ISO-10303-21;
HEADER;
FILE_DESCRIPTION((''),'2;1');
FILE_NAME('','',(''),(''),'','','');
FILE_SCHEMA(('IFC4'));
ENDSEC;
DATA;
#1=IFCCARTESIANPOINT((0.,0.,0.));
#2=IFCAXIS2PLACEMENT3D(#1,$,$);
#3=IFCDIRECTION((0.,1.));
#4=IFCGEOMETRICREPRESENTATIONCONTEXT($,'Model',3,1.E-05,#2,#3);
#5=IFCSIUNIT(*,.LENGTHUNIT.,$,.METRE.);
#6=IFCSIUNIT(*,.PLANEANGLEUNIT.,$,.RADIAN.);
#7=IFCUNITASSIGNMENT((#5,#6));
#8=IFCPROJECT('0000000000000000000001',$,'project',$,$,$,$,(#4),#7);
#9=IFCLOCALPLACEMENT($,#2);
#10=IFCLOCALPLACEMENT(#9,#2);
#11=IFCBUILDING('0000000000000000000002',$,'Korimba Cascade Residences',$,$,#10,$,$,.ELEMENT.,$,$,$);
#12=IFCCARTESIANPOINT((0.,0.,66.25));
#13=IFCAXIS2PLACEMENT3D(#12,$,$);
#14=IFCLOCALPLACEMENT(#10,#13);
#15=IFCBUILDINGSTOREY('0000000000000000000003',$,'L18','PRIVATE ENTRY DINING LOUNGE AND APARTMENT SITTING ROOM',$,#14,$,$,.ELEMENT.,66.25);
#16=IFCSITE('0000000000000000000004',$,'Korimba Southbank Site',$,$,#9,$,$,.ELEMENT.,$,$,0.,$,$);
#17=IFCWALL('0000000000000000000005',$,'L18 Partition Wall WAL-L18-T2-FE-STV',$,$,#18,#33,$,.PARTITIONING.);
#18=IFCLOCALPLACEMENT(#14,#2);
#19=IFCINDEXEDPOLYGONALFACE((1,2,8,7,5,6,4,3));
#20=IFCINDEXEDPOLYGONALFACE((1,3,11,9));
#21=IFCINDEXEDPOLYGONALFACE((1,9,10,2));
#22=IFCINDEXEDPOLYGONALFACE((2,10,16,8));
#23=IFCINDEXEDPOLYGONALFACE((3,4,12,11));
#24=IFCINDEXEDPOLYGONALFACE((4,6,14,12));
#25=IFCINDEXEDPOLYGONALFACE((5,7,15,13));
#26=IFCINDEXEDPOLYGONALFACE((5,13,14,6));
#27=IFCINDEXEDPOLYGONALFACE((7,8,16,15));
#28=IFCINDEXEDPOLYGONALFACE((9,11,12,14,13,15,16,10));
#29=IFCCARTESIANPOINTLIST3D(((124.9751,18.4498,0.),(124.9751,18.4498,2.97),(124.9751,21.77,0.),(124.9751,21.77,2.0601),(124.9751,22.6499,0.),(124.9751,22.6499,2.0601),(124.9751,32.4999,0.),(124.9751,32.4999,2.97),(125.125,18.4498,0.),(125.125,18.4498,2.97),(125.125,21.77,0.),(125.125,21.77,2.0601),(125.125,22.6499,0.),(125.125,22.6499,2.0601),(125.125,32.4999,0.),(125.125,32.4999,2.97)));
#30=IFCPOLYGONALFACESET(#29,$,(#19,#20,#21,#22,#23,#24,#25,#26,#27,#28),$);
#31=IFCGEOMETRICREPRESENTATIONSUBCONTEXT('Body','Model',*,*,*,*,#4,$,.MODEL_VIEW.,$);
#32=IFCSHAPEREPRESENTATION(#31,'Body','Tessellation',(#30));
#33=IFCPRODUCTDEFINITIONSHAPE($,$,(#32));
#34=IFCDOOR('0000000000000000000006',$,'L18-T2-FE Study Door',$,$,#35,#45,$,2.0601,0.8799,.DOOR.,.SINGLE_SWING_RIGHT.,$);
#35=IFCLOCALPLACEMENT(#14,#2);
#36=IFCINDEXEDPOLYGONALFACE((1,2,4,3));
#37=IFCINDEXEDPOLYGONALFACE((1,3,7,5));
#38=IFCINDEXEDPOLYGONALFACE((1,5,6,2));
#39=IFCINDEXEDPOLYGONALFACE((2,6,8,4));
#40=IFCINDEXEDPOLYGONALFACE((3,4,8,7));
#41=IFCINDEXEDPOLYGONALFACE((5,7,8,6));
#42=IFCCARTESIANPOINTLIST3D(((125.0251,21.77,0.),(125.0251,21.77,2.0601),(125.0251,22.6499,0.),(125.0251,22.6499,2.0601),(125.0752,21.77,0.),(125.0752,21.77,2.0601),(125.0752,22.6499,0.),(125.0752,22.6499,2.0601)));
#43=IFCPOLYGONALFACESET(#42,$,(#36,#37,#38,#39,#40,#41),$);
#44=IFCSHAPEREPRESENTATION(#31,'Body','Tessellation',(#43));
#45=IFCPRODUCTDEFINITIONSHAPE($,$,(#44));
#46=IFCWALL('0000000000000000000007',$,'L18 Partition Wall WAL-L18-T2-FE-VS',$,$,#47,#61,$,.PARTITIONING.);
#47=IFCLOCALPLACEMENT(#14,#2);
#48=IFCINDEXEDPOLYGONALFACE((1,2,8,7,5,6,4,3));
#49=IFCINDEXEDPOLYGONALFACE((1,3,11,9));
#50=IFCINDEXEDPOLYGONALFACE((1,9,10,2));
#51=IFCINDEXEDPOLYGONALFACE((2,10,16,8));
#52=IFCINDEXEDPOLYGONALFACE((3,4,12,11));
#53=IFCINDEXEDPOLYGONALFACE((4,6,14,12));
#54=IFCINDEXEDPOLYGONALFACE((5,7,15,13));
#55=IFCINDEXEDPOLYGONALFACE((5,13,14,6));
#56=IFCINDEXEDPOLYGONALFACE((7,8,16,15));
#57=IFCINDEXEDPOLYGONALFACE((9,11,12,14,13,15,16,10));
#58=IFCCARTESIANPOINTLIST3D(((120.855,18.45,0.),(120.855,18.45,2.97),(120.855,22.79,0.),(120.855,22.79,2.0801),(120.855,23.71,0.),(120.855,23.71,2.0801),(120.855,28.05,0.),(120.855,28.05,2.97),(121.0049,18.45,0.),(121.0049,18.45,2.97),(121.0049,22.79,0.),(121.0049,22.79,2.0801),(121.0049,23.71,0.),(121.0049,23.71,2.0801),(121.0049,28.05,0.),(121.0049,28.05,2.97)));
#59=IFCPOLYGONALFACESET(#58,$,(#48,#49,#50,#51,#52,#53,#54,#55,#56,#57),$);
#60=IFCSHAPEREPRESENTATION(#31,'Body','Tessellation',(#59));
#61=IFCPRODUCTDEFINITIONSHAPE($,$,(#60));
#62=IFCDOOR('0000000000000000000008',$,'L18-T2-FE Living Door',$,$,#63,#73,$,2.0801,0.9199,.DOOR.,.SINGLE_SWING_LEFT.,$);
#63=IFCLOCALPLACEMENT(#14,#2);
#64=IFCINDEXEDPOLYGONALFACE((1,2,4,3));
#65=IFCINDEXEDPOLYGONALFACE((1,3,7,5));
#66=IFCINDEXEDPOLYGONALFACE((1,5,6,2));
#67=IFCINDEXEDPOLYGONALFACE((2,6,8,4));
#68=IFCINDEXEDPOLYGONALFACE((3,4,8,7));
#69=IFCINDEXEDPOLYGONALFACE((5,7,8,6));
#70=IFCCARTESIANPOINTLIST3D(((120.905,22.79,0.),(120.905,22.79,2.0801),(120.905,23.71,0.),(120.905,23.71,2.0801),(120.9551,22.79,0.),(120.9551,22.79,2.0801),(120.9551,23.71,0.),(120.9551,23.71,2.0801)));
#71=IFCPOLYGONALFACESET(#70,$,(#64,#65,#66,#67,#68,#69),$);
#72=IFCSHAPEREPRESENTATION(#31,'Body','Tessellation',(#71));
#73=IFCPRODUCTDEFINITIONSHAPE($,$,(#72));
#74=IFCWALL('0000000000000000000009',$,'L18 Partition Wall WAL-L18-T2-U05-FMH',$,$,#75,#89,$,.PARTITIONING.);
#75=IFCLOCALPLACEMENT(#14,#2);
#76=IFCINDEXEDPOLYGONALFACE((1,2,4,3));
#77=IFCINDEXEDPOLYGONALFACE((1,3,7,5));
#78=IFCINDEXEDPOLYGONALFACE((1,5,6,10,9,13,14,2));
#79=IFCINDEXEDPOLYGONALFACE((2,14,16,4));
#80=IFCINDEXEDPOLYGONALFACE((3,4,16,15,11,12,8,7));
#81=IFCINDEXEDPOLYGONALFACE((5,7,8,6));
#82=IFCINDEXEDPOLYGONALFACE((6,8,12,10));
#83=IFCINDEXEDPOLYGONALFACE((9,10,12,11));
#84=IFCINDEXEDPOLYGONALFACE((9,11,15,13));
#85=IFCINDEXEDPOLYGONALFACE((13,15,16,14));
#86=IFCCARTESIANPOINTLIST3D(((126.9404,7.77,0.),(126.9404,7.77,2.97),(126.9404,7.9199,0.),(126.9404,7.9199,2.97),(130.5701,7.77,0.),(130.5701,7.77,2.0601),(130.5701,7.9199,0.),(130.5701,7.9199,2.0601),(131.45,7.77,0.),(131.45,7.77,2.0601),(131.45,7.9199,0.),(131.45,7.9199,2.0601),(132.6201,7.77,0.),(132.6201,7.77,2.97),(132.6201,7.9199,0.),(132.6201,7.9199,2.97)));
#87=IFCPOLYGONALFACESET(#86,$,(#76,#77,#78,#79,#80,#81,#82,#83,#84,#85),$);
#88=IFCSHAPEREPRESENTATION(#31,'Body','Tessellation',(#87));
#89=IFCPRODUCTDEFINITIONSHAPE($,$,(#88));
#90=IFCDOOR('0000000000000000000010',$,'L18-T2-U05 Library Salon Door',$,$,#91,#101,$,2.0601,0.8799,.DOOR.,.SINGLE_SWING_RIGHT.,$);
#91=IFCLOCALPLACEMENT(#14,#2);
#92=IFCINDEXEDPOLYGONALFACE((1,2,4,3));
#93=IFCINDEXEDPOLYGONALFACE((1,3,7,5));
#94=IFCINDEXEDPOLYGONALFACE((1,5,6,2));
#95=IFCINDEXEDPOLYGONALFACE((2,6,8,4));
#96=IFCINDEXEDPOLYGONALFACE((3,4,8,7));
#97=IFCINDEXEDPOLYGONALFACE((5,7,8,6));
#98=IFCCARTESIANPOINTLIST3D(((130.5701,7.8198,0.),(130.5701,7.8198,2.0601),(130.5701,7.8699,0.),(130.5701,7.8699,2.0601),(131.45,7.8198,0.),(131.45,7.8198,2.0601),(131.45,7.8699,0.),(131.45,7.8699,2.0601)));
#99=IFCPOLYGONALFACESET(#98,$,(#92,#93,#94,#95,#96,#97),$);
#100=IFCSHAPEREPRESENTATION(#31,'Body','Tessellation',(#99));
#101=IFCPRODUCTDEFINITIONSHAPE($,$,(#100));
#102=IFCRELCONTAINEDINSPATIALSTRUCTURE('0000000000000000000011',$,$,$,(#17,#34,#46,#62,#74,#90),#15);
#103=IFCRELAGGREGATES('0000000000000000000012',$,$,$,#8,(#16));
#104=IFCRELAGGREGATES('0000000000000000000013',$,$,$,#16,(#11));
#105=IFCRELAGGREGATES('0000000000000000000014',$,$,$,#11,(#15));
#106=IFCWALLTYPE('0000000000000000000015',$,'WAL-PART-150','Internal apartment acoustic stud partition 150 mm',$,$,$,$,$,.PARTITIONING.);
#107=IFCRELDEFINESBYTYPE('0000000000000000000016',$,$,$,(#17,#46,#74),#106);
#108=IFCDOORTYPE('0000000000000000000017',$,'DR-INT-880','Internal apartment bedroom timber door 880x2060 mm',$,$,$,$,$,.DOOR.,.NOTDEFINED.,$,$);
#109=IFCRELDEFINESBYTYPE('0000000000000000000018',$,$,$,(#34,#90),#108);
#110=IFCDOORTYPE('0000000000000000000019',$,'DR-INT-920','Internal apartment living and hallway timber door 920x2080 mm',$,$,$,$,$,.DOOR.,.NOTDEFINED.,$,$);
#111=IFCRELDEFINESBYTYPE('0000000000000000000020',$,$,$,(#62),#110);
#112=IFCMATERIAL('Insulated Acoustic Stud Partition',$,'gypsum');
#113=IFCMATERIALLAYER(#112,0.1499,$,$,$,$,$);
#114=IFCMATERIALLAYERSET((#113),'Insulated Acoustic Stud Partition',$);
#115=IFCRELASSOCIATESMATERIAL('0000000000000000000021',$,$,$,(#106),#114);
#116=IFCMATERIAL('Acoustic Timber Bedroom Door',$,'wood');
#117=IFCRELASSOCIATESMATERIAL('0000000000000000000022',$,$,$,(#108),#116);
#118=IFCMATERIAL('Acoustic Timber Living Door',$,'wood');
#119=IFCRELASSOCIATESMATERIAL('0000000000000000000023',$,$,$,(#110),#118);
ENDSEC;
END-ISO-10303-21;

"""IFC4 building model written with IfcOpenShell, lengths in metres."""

from ifc_helpers import new_model, si_unit, direction, frame, frame_2d, origin, place, context, subcontext, project, spatial, rectangle, extrude, material, layer, layer_set, type_object, element, fill, save


model = new_model("IFC4")

# Units and contexts
model_context = context("Model", 3, precision=1e-05, world=origin(), true_north=direction((0.0, 1.0)))
body_context = subcontext(model_context, "Body", "Model", "MODEL_VIEW")
ifc_project = project(units=[si_unit("LENGTHUNIT", "METRE"), si_unit("PLANEANGLEUNIT", "RADIAN")], contexts=[model_context])

# Site, building, storey
site_placement = place(None, origin())
site = spatial("IfcSite", under=ifc_project, at=site_placement, Name="Korimba Southbank Site", CompositionType="ELEMENT", RefElevation=0.0)
building_placement = place(site_placement, origin())
building = spatial("IfcBuilding", under=site, at=building_placement, Name="Korimba Cascade Residences", CompositionType="ELEMENT")
storey_placement = place(building_placement, frame((0.0, 0.0, 66.25)))
storey = spatial("IfcBuildingStorey", under=building, at=storey_placement, Name="L18", Description="PRIVATE ENTRY DINING LOUNGE AND APARTMENT SITTING ROOM", CompositionType="ELEMENT", Elevation=66.25)

# Walls, openings, doors
ifc_material_1 = material(Name="Insulated Acoustic Stud Partition", Category="gypsum")
ifc_layer_1 = layer(ifc_material_1, 0.1499)
ifc_layer_set_1 = layer_set([ifc_layer_1], Name="Insulated Acoustic Stud Partition")
wall_type_1 = type_object("IfcWallType", Name="WAL-PART-150", Description="Internal apartment acoustic stud partition 150 mm", PredefinedType="PARTITIONING", material=ifc_layer_set_1)
wall_1_placement = place(storey_placement, frame((125.05, 18.45, 0.0), z_axis=(0.0, 0.0, 1.0), x_axis=(0.0, 1.0, 0.0)))
wall_1 = element("IfcWall", 1, at=wall_1_placement, inside=storey, type_object=wall_type_1, Name="L18 Partition Wall WAL-L18-T2-FE-STV", PredefinedType="PARTITIONING", context=body_context, shape_type="SweptSolid", body=[
    extrude(rectangle(XDim=14.05, YDim=0.1499, at=frame_2d((7.0249, 0.0))), origin(), (0.0, 0.0, 1.0), 2.97),
])
opening_1_placement = place(wall_1_placement, frame((3.3201, 0.0, 0.0)))
opening_1 = element("IfcOpeningElement", 2, at=opening_1_placement, cuts=wall_1, PredefinedType="OPENING", context=body_context, shape_type="SweptSolid", body=[
    extrude(rectangle(XDim=0.8799, YDim=2.0601, at=frame_2d((0.4399, 1.03))), frame((0.0, 0.085, 0.0), z_axis=(0.0, -1.0, 0.0), x_axis=(1.0, 0.0, 0.0)), (0.0, 0.0, 1.0), 0.1699),
])
ifc_material_2 = material(Name="Acoustic Timber Bedroom Door", Category="wood")
door_type_1 = type_object("IfcDoorType", Name="DR-INT-880", Description="Internal apartment bedroom timber door 880x2060 mm", OperationType="NOTDEFINED", PredefinedType="DOOR", material=ifc_material_2)
door_1_placement = place(opening_1_placement, origin())
door_1 = element("IfcDoor", 3, at=door_1_placement, inside=storey, type_object=door_type_1, Name="L18-T2-FE Study Door", OperationType="SINGLE_SWING_RIGHT", OverallHeight=2.0601, OverallWidth=0.8799, PredefinedType="DOOR", context=body_context, shape_type="SweptSolid", body=[
    extrude(rectangle(XDim=0.8799, YDim=2.0601, at=frame_2d((0.4399, 1.03))), frame((0.0, 0.0249, 0.0), z_axis=(0.0, -1.0, 0.0), x_axis=(1.0, 0.0, 0.0)), (0.0, 0.0, 1.0), 0.05),
])
fill(opening_1, door_1)
wall_2_placement = place(storey_placement, frame((120.9299, 18.45, 0.0), z_axis=(0.0, 0.0, 1.0), x_axis=(0.0, 1.0, 0.0)))
wall_2 = element("IfcWall", 4, at=wall_2_placement, inside=storey, type_object=wall_type_1, Name="L18 Partition Wall WAL-L18-T2-FE-VS", PredefinedType="PARTITIONING", context=body_context, shape_type="SweptSolid", body=[
    extrude(rectangle(XDim=9.6001, YDim=0.1499, at=frame_2d((4.8, 0.0))), origin(), (0.0, 0.0, 1.0), 2.97),
])
opening_2_placement = place(wall_2_placement, frame((4.3401, 0.0, 0.0)))
opening_2 = element("IfcOpeningElement", 5, at=opening_2_placement, cuts=wall_2, PredefinedType="OPENING", context=body_context, shape_type="SweptSolid", body=[
    extrude(rectangle(XDim=0.9199, YDim=2.0801, at=frame_2d((0.46, 1.04))), frame((0.0, 0.085, 0.0), z_axis=(0.0, -1.0, 0.0), x_axis=(1.0, 0.0, 0.0)), (0.0, 0.0, 1.0), 0.1699),
])
ifc_material_3 = material(Name="Acoustic Timber Living Door", Category="wood")
door_type_2 = type_object("IfcDoorType", Name="DR-INT-920", Description="Internal apartment living and hallway timber door 920x2080 mm", OperationType="NOTDEFINED", PredefinedType="DOOR", material=ifc_material_3)
door_2_placement = place(opening_2_placement, origin())
door_2 = element("IfcDoor", 6, at=door_2_placement, inside=storey, type_object=door_type_2, Name="L18-T2-FE Living Door", OperationType="SINGLE_SWING_LEFT", OverallHeight=2.0801, OverallWidth=0.9199, PredefinedType="DOOR", context=body_context, shape_type="SweptSolid", body=[
    extrude(rectangle(XDim=0.9199, YDim=2.0801, at=frame_2d((0.46, 1.04))), frame((0.0, 0.0249, 0.0), z_axis=(0.0, -1.0, 0.0), x_axis=(1.0, 0.0, 0.0)), (0.0, 0.0, 1.0), 0.05),
])
fill(opening_2, door_2)
wall_3_placement = place(storey_placement, frame((126.9404, 7.845, 0.0), z_axis=(0.0, 0.0, 1.0), x_axis=(1.0, 0.0, 0.0)))
wall_3 = element("IfcWall", 7, at=wall_3_placement, inside=storey, type_object=wall_type_1, Name="L18 Partition Wall WAL-L18-T2-U05-FMH", PredefinedType="PARTITIONING", context=body_context, shape_type="SweptSolid", body=[
    extrude(rectangle(XDim=5.6797, YDim=0.1499, at=frame_2d((2.8398, 0.0))), origin(), (0.0, 0.0, 1.0), 2.97),
])
opening_3_placement = place(wall_3_placement, frame((3.6296, 0.0, 0.0)))
opening_3 = element("IfcOpeningElement", 8, at=opening_3_placement, cuts=wall_3, PredefinedType="OPENING", context=body_context, shape_type="SweptSolid", body=[
    extrude(rectangle(XDim=0.8799, YDim=2.0601, at=frame_2d((0.4399, 1.03))), frame((0.0, 0.085, 0.0), z_axis=(0.0, -1.0, 0.0), x_axis=(1.0, 0.0, 0.0)), (0.0, 0.0, 1.0), 0.1699),
])
door_3_placement = place(opening_3_placement, origin())
door_3 = element("IfcDoor", 9, at=door_3_placement, inside=storey, type_object=door_type_1, Name="L18-T2-U05 Library Salon Door", OperationType="SINGLE_SWING_RIGHT", OverallHeight=2.0601, OverallWidth=0.8799, PredefinedType="DOOR", context=body_context, shape_type="SweptSolid", body=[
    extrude(rectangle(XDim=0.8799, YDim=2.0601, at=frame_2d((0.4399, 1.03))), frame((0.0, 0.0249, 0.0), z_axis=(0.0, -1.0, 0.0), x_axis=(1.0, 0.0, 0.0)), (0.0, 0.0, 1.0), 0.05),
])
fill(opening_3, door_3)

save(model, "model.ifc")
